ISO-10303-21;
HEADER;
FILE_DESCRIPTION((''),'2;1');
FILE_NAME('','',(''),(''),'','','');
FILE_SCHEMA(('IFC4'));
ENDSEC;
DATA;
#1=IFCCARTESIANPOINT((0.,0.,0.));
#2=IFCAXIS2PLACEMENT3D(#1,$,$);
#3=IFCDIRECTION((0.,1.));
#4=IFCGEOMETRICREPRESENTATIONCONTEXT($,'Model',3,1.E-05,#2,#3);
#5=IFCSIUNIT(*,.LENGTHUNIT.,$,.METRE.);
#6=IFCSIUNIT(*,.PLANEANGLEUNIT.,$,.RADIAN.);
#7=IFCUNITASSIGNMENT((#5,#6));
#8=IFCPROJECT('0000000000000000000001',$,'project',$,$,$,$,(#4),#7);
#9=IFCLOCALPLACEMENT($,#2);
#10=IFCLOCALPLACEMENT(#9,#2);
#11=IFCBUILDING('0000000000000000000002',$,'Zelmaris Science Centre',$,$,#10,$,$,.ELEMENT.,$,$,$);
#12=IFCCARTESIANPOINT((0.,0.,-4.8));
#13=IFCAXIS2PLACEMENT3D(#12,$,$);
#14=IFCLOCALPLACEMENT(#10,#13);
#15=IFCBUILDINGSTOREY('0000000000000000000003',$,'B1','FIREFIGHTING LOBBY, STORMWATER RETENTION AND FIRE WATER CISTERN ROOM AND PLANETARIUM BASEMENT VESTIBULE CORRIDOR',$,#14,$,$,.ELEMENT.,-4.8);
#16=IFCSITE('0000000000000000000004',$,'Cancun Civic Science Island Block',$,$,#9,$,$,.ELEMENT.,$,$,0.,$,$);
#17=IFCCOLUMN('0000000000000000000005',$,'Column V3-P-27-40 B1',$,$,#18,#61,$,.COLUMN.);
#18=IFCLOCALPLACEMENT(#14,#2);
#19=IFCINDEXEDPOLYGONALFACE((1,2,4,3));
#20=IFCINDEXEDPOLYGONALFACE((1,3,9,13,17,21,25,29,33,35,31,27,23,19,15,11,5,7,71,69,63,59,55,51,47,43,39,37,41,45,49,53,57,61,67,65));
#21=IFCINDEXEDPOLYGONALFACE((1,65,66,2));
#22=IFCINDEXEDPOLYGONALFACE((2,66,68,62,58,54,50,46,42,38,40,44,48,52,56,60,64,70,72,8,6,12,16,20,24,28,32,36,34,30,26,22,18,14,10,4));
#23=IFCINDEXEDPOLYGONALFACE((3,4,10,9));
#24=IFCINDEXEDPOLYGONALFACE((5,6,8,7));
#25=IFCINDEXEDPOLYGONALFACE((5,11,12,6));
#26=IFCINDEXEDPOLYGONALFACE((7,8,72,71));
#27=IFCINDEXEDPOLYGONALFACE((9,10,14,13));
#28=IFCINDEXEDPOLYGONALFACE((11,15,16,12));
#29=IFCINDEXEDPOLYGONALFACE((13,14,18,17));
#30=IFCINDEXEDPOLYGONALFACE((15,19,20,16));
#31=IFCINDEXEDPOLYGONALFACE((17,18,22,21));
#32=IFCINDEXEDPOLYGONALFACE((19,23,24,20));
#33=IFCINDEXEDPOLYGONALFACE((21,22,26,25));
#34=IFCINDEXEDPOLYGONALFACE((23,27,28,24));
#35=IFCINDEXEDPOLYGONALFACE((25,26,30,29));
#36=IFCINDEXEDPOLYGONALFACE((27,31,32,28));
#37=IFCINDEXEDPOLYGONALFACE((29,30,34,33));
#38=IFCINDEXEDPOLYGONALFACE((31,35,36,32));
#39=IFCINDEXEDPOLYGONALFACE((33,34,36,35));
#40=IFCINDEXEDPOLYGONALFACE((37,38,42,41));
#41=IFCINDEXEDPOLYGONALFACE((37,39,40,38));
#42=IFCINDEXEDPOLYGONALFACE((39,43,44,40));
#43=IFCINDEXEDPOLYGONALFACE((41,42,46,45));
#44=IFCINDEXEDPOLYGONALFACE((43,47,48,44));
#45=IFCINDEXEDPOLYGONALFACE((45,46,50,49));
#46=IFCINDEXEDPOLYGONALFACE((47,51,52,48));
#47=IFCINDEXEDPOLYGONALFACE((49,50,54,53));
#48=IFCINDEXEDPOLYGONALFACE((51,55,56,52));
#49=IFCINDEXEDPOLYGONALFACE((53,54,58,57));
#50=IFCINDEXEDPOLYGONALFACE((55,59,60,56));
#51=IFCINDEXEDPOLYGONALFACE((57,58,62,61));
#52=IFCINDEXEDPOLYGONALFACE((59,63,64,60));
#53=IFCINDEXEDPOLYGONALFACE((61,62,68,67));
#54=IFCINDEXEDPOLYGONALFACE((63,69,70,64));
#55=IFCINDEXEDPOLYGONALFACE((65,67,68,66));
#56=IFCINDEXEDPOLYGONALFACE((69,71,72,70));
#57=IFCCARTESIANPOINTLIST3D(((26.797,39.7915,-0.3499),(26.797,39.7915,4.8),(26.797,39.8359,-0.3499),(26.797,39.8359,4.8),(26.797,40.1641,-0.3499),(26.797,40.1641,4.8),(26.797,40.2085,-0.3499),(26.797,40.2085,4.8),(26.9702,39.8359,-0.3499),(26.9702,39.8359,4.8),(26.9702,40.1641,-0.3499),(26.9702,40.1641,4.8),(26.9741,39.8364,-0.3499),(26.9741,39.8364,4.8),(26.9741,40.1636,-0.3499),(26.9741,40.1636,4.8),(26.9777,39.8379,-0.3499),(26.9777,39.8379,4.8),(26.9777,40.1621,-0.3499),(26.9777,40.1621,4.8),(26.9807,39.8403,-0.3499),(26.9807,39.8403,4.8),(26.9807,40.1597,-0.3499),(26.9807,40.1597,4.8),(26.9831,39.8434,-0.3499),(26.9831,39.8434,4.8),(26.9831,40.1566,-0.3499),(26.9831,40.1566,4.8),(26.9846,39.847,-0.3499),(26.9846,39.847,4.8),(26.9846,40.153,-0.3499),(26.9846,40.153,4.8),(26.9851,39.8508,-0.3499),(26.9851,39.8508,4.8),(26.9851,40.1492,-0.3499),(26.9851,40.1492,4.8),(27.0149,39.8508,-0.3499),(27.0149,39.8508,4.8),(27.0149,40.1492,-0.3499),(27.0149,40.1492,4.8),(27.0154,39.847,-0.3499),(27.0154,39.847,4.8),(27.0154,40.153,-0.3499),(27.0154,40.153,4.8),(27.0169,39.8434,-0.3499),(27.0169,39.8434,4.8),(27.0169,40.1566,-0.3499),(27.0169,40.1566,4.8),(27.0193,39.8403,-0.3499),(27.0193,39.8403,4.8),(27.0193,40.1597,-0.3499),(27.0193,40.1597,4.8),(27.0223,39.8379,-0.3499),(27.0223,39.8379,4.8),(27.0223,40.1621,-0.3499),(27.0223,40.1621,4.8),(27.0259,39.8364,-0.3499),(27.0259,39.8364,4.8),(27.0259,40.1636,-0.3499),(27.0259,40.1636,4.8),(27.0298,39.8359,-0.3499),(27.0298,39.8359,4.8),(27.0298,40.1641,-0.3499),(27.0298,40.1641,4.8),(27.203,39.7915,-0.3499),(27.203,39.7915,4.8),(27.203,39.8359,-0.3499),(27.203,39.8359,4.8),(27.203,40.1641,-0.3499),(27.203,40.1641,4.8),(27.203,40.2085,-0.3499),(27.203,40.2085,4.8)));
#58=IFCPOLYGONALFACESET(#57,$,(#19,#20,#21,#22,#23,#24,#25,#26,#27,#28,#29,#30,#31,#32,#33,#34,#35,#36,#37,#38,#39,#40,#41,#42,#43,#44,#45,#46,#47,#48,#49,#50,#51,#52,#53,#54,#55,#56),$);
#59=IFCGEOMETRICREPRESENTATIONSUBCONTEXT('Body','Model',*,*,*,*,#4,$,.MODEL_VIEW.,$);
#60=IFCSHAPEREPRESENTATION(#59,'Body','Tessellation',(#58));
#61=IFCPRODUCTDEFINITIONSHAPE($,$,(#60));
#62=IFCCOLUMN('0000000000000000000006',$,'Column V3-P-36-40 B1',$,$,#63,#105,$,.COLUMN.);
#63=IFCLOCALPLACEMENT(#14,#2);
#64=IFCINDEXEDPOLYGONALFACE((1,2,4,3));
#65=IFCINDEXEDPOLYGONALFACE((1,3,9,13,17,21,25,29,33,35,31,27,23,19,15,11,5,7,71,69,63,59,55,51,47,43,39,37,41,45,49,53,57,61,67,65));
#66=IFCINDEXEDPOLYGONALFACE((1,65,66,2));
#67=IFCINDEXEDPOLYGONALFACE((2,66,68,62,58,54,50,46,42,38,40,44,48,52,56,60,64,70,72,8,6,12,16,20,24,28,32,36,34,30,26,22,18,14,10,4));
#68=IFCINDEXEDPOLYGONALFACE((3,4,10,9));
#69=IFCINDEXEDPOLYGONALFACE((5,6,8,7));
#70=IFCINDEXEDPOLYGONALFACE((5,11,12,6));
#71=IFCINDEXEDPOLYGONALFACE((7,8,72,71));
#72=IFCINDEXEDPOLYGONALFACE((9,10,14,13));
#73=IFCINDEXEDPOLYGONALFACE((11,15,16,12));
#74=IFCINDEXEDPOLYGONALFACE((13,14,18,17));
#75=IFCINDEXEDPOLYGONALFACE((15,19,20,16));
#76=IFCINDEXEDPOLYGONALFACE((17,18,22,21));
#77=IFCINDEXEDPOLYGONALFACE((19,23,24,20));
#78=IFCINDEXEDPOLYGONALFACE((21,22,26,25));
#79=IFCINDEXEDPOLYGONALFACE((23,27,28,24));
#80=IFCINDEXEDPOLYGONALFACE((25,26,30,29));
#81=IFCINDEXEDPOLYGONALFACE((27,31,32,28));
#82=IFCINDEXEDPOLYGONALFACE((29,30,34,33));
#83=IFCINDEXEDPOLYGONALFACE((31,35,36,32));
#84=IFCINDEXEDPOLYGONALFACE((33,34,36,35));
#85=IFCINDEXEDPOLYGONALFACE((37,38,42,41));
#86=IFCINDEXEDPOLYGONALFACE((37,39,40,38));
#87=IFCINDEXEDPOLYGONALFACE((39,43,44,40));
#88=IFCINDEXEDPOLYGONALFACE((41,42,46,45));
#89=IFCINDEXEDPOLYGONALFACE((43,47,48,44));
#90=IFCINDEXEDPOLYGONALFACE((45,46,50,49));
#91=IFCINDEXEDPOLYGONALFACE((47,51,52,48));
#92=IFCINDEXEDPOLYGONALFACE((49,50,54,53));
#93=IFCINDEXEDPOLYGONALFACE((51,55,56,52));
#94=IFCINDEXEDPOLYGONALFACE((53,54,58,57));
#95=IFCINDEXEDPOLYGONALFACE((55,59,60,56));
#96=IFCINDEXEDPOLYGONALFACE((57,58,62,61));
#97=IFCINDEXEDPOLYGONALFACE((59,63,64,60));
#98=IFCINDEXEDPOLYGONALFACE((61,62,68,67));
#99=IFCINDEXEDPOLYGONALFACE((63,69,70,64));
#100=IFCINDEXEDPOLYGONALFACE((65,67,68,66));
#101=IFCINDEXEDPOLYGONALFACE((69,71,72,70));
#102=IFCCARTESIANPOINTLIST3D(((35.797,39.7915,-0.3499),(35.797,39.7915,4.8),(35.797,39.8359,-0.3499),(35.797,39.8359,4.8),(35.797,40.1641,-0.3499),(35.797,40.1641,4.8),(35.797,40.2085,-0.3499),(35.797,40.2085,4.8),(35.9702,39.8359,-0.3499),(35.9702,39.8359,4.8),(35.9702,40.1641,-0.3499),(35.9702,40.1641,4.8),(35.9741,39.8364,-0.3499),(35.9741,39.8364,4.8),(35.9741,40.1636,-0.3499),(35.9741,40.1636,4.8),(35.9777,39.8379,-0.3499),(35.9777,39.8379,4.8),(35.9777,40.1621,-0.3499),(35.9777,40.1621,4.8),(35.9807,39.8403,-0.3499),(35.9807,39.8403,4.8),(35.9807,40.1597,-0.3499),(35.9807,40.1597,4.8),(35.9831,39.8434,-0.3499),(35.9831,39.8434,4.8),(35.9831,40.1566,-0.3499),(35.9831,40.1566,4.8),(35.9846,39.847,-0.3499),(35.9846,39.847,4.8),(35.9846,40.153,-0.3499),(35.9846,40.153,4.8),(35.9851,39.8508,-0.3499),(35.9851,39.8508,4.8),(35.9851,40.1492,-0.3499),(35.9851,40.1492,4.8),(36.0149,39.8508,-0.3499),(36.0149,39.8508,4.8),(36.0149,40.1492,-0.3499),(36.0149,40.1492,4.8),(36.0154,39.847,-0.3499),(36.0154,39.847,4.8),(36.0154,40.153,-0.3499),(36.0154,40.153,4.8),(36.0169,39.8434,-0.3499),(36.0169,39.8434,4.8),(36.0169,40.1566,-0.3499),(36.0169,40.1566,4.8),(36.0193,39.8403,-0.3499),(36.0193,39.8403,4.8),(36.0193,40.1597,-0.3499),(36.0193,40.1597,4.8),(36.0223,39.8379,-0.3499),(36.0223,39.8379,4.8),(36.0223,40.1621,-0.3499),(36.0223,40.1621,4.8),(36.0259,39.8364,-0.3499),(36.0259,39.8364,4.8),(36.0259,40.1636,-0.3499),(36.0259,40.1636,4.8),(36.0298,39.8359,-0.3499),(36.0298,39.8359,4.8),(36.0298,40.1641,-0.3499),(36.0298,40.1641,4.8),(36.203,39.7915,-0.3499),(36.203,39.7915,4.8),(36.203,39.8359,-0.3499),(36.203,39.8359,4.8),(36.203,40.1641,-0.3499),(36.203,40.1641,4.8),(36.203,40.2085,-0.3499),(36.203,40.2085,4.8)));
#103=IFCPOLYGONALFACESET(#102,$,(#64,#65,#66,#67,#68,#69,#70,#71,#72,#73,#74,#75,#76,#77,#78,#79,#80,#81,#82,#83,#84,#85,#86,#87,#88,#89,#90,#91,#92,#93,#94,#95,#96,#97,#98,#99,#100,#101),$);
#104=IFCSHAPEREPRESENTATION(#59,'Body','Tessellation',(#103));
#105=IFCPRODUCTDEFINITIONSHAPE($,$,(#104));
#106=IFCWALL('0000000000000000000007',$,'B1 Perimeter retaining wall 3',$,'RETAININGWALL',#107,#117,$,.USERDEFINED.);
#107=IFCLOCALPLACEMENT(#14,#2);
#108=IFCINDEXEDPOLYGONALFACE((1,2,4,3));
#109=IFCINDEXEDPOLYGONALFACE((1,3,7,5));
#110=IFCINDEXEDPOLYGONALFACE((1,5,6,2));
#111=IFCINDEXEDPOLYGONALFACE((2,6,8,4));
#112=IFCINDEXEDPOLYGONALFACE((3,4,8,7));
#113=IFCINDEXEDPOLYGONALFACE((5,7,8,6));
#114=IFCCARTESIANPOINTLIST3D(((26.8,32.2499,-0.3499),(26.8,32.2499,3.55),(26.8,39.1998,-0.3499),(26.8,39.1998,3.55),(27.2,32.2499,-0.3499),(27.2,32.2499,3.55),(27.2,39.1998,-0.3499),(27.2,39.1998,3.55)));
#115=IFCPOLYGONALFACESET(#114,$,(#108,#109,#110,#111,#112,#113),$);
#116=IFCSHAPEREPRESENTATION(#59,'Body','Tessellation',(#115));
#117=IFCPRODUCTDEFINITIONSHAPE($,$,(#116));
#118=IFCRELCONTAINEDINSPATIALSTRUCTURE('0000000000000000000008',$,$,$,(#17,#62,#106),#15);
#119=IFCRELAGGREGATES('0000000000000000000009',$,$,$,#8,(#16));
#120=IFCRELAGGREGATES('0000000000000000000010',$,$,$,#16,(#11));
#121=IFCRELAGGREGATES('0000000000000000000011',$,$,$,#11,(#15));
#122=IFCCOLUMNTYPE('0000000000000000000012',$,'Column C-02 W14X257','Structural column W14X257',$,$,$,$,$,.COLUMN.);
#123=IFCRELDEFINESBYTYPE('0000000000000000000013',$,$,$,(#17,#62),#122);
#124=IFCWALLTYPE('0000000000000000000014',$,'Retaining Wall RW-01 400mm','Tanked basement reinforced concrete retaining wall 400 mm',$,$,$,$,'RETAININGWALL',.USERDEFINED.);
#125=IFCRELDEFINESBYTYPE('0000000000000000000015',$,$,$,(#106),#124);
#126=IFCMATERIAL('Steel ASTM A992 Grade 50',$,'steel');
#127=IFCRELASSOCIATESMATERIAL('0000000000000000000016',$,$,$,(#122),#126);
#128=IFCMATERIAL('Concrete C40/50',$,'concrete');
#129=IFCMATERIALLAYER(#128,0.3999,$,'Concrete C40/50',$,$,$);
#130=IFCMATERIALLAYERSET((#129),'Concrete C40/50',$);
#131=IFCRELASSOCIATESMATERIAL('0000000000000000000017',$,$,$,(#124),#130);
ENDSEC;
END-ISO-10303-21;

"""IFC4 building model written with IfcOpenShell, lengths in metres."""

from ifc_helpers import new_model, si_unit, direction, frame, frame_2d, origin, origin_2d, place, context, subcontext, project, spatial, rectangle, i_section, extrude, material, layer, layer_set, material_profile, profile_set, type_object, element, save


model = new_model("IFC4")

# Units and contexts
model_context = context("Model", 3, precision=1e-05, world=origin(), true_north=direction((0.0, 1.0)))
body_context = subcontext(model_context, "Body", "Model", "MODEL_VIEW")
ifc_project = project(units=[si_unit("LENGTHUNIT", "METRE"), si_unit("PLANEANGLEUNIT", "RADIAN")], contexts=[model_context])

# Site, building, storey
site_placement = place(None, origin())
site = spatial("IfcSite", under=ifc_project, at=site_placement, Name="Cancun Civic Science Island Block", CompositionType="ELEMENT", RefElevation=0.0)
building_placement = place(site_placement, origin())
building = spatial("IfcBuilding", under=site, at=building_placement, Name="Zelmaris Science Centre", CompositionType="ELEMENT")
storey_placement = place(building_placement, frame((0.0, 0.0, -4.8)))
storey = spatial("IfcBuildingStorey", under=building, at=storey_placement, Name="B1", Description="FIREFIGHTING LOBBY, STORMWATER RETENTION AND FIRE WATER CISTERN ROOM AND PLANETARIUM BASEMENT VESTIBULE CORRIDOR", CompositionType="ELEMENT", Elevation=-4.8)

# Shared definitions
ifc_material_1 = material(Name="Concrete C40/50", Category="concrete")

# Columns
ifc_material_2 = material(Name="Steel ASTM A992 Grade 50", Category="steel")
ifc_material_profile_1 = material_profile(ifc_material_2, i_section(OverallWidth=0.406, OverallDepth=0.417, WebThickness=0.0298, FlangeThickness=0.0444, FilletRadius=0.0149, at=origin_2d()), Name="W14X257")
ifc_profile_set_1 = profile_set([ifc_material_profile_1], Name="Steel ASTM A992 Grade 50")
column_type = type_object("IfcColumnType", Name="Column C-02 W14X257", Description="Structural column W14X257", PredefinedType="COLUMN", material=ifc_profile_set_1)
for number, where, z_axis, x_axis, name in (
    (1, (27.0, 40.0, -0.3499), (0.0, 0.0, 1.0), (1.0, 0.0, 0.0), "Column V3-P-27-40 B1"),
    (2, (36.0, 40.0, -0.3499), (0.0, 0.0, 1.0), (1.0, 0.0, 0.0), "Column V3-P-36-40 B1"),
):
    element("IfcColumn", number, at=place(storey_placement, frame(where, z_axis=z_axis, x_axis=x_axis)), inside=storey, type_object=column_type, Name=name, PredefinedType="COLUMN", context=body_context, shape_type="SweptSolid", body=[
        extrude(i_section(OverallWidth=0.406, OverallDepth=0.417, WebThickness=0.0298, FlangeThickness=0.0444, FilletRadius=0.0149, at=origin_2d()), origin(), (0.0, 0.0, 1.0), 5.1499),
    ])

# Wall
ifc_layer = layer(ifc_material_1, 0.3999, Name="Concrete C40/50")
ifc_layer_set = layer_set([ifc_layer], Name="Concrete C40/50")
wall_type = type_object("IfcWallType", Name="Retaining Wall RW-01 400mm", Description="Tanked basement reinforced concrete retaining wall 400 mm", ElementType="RETAININGWALL", PredefinedType="USERDEFINED", material=ifc_layer_set)
wall_placement = place(storey_placement, frame((27.0, 39.2, -0.3499), z_axis=(0.0, 0.0, 1.0), x_axis=(0.0, -1.0, 0.0)))
element("IfcWall", 3, at=wall_placement, inside=storey, type_object=wall_type, Name="B1 Perimeter retaining wall 3", ObjectType="RETAININGWALL", PredefinedType="USERDEFINED", context=body_context, shape_type="SweptSolid", body=[
    extrude(rectangle(XDim=6.95, YDim=0.3999, at=frame_2d((3.4751, 0.0))), origin(), (0.0, 0.0, 1.0), 3.8999),
])

save(model, "model.ifc")
